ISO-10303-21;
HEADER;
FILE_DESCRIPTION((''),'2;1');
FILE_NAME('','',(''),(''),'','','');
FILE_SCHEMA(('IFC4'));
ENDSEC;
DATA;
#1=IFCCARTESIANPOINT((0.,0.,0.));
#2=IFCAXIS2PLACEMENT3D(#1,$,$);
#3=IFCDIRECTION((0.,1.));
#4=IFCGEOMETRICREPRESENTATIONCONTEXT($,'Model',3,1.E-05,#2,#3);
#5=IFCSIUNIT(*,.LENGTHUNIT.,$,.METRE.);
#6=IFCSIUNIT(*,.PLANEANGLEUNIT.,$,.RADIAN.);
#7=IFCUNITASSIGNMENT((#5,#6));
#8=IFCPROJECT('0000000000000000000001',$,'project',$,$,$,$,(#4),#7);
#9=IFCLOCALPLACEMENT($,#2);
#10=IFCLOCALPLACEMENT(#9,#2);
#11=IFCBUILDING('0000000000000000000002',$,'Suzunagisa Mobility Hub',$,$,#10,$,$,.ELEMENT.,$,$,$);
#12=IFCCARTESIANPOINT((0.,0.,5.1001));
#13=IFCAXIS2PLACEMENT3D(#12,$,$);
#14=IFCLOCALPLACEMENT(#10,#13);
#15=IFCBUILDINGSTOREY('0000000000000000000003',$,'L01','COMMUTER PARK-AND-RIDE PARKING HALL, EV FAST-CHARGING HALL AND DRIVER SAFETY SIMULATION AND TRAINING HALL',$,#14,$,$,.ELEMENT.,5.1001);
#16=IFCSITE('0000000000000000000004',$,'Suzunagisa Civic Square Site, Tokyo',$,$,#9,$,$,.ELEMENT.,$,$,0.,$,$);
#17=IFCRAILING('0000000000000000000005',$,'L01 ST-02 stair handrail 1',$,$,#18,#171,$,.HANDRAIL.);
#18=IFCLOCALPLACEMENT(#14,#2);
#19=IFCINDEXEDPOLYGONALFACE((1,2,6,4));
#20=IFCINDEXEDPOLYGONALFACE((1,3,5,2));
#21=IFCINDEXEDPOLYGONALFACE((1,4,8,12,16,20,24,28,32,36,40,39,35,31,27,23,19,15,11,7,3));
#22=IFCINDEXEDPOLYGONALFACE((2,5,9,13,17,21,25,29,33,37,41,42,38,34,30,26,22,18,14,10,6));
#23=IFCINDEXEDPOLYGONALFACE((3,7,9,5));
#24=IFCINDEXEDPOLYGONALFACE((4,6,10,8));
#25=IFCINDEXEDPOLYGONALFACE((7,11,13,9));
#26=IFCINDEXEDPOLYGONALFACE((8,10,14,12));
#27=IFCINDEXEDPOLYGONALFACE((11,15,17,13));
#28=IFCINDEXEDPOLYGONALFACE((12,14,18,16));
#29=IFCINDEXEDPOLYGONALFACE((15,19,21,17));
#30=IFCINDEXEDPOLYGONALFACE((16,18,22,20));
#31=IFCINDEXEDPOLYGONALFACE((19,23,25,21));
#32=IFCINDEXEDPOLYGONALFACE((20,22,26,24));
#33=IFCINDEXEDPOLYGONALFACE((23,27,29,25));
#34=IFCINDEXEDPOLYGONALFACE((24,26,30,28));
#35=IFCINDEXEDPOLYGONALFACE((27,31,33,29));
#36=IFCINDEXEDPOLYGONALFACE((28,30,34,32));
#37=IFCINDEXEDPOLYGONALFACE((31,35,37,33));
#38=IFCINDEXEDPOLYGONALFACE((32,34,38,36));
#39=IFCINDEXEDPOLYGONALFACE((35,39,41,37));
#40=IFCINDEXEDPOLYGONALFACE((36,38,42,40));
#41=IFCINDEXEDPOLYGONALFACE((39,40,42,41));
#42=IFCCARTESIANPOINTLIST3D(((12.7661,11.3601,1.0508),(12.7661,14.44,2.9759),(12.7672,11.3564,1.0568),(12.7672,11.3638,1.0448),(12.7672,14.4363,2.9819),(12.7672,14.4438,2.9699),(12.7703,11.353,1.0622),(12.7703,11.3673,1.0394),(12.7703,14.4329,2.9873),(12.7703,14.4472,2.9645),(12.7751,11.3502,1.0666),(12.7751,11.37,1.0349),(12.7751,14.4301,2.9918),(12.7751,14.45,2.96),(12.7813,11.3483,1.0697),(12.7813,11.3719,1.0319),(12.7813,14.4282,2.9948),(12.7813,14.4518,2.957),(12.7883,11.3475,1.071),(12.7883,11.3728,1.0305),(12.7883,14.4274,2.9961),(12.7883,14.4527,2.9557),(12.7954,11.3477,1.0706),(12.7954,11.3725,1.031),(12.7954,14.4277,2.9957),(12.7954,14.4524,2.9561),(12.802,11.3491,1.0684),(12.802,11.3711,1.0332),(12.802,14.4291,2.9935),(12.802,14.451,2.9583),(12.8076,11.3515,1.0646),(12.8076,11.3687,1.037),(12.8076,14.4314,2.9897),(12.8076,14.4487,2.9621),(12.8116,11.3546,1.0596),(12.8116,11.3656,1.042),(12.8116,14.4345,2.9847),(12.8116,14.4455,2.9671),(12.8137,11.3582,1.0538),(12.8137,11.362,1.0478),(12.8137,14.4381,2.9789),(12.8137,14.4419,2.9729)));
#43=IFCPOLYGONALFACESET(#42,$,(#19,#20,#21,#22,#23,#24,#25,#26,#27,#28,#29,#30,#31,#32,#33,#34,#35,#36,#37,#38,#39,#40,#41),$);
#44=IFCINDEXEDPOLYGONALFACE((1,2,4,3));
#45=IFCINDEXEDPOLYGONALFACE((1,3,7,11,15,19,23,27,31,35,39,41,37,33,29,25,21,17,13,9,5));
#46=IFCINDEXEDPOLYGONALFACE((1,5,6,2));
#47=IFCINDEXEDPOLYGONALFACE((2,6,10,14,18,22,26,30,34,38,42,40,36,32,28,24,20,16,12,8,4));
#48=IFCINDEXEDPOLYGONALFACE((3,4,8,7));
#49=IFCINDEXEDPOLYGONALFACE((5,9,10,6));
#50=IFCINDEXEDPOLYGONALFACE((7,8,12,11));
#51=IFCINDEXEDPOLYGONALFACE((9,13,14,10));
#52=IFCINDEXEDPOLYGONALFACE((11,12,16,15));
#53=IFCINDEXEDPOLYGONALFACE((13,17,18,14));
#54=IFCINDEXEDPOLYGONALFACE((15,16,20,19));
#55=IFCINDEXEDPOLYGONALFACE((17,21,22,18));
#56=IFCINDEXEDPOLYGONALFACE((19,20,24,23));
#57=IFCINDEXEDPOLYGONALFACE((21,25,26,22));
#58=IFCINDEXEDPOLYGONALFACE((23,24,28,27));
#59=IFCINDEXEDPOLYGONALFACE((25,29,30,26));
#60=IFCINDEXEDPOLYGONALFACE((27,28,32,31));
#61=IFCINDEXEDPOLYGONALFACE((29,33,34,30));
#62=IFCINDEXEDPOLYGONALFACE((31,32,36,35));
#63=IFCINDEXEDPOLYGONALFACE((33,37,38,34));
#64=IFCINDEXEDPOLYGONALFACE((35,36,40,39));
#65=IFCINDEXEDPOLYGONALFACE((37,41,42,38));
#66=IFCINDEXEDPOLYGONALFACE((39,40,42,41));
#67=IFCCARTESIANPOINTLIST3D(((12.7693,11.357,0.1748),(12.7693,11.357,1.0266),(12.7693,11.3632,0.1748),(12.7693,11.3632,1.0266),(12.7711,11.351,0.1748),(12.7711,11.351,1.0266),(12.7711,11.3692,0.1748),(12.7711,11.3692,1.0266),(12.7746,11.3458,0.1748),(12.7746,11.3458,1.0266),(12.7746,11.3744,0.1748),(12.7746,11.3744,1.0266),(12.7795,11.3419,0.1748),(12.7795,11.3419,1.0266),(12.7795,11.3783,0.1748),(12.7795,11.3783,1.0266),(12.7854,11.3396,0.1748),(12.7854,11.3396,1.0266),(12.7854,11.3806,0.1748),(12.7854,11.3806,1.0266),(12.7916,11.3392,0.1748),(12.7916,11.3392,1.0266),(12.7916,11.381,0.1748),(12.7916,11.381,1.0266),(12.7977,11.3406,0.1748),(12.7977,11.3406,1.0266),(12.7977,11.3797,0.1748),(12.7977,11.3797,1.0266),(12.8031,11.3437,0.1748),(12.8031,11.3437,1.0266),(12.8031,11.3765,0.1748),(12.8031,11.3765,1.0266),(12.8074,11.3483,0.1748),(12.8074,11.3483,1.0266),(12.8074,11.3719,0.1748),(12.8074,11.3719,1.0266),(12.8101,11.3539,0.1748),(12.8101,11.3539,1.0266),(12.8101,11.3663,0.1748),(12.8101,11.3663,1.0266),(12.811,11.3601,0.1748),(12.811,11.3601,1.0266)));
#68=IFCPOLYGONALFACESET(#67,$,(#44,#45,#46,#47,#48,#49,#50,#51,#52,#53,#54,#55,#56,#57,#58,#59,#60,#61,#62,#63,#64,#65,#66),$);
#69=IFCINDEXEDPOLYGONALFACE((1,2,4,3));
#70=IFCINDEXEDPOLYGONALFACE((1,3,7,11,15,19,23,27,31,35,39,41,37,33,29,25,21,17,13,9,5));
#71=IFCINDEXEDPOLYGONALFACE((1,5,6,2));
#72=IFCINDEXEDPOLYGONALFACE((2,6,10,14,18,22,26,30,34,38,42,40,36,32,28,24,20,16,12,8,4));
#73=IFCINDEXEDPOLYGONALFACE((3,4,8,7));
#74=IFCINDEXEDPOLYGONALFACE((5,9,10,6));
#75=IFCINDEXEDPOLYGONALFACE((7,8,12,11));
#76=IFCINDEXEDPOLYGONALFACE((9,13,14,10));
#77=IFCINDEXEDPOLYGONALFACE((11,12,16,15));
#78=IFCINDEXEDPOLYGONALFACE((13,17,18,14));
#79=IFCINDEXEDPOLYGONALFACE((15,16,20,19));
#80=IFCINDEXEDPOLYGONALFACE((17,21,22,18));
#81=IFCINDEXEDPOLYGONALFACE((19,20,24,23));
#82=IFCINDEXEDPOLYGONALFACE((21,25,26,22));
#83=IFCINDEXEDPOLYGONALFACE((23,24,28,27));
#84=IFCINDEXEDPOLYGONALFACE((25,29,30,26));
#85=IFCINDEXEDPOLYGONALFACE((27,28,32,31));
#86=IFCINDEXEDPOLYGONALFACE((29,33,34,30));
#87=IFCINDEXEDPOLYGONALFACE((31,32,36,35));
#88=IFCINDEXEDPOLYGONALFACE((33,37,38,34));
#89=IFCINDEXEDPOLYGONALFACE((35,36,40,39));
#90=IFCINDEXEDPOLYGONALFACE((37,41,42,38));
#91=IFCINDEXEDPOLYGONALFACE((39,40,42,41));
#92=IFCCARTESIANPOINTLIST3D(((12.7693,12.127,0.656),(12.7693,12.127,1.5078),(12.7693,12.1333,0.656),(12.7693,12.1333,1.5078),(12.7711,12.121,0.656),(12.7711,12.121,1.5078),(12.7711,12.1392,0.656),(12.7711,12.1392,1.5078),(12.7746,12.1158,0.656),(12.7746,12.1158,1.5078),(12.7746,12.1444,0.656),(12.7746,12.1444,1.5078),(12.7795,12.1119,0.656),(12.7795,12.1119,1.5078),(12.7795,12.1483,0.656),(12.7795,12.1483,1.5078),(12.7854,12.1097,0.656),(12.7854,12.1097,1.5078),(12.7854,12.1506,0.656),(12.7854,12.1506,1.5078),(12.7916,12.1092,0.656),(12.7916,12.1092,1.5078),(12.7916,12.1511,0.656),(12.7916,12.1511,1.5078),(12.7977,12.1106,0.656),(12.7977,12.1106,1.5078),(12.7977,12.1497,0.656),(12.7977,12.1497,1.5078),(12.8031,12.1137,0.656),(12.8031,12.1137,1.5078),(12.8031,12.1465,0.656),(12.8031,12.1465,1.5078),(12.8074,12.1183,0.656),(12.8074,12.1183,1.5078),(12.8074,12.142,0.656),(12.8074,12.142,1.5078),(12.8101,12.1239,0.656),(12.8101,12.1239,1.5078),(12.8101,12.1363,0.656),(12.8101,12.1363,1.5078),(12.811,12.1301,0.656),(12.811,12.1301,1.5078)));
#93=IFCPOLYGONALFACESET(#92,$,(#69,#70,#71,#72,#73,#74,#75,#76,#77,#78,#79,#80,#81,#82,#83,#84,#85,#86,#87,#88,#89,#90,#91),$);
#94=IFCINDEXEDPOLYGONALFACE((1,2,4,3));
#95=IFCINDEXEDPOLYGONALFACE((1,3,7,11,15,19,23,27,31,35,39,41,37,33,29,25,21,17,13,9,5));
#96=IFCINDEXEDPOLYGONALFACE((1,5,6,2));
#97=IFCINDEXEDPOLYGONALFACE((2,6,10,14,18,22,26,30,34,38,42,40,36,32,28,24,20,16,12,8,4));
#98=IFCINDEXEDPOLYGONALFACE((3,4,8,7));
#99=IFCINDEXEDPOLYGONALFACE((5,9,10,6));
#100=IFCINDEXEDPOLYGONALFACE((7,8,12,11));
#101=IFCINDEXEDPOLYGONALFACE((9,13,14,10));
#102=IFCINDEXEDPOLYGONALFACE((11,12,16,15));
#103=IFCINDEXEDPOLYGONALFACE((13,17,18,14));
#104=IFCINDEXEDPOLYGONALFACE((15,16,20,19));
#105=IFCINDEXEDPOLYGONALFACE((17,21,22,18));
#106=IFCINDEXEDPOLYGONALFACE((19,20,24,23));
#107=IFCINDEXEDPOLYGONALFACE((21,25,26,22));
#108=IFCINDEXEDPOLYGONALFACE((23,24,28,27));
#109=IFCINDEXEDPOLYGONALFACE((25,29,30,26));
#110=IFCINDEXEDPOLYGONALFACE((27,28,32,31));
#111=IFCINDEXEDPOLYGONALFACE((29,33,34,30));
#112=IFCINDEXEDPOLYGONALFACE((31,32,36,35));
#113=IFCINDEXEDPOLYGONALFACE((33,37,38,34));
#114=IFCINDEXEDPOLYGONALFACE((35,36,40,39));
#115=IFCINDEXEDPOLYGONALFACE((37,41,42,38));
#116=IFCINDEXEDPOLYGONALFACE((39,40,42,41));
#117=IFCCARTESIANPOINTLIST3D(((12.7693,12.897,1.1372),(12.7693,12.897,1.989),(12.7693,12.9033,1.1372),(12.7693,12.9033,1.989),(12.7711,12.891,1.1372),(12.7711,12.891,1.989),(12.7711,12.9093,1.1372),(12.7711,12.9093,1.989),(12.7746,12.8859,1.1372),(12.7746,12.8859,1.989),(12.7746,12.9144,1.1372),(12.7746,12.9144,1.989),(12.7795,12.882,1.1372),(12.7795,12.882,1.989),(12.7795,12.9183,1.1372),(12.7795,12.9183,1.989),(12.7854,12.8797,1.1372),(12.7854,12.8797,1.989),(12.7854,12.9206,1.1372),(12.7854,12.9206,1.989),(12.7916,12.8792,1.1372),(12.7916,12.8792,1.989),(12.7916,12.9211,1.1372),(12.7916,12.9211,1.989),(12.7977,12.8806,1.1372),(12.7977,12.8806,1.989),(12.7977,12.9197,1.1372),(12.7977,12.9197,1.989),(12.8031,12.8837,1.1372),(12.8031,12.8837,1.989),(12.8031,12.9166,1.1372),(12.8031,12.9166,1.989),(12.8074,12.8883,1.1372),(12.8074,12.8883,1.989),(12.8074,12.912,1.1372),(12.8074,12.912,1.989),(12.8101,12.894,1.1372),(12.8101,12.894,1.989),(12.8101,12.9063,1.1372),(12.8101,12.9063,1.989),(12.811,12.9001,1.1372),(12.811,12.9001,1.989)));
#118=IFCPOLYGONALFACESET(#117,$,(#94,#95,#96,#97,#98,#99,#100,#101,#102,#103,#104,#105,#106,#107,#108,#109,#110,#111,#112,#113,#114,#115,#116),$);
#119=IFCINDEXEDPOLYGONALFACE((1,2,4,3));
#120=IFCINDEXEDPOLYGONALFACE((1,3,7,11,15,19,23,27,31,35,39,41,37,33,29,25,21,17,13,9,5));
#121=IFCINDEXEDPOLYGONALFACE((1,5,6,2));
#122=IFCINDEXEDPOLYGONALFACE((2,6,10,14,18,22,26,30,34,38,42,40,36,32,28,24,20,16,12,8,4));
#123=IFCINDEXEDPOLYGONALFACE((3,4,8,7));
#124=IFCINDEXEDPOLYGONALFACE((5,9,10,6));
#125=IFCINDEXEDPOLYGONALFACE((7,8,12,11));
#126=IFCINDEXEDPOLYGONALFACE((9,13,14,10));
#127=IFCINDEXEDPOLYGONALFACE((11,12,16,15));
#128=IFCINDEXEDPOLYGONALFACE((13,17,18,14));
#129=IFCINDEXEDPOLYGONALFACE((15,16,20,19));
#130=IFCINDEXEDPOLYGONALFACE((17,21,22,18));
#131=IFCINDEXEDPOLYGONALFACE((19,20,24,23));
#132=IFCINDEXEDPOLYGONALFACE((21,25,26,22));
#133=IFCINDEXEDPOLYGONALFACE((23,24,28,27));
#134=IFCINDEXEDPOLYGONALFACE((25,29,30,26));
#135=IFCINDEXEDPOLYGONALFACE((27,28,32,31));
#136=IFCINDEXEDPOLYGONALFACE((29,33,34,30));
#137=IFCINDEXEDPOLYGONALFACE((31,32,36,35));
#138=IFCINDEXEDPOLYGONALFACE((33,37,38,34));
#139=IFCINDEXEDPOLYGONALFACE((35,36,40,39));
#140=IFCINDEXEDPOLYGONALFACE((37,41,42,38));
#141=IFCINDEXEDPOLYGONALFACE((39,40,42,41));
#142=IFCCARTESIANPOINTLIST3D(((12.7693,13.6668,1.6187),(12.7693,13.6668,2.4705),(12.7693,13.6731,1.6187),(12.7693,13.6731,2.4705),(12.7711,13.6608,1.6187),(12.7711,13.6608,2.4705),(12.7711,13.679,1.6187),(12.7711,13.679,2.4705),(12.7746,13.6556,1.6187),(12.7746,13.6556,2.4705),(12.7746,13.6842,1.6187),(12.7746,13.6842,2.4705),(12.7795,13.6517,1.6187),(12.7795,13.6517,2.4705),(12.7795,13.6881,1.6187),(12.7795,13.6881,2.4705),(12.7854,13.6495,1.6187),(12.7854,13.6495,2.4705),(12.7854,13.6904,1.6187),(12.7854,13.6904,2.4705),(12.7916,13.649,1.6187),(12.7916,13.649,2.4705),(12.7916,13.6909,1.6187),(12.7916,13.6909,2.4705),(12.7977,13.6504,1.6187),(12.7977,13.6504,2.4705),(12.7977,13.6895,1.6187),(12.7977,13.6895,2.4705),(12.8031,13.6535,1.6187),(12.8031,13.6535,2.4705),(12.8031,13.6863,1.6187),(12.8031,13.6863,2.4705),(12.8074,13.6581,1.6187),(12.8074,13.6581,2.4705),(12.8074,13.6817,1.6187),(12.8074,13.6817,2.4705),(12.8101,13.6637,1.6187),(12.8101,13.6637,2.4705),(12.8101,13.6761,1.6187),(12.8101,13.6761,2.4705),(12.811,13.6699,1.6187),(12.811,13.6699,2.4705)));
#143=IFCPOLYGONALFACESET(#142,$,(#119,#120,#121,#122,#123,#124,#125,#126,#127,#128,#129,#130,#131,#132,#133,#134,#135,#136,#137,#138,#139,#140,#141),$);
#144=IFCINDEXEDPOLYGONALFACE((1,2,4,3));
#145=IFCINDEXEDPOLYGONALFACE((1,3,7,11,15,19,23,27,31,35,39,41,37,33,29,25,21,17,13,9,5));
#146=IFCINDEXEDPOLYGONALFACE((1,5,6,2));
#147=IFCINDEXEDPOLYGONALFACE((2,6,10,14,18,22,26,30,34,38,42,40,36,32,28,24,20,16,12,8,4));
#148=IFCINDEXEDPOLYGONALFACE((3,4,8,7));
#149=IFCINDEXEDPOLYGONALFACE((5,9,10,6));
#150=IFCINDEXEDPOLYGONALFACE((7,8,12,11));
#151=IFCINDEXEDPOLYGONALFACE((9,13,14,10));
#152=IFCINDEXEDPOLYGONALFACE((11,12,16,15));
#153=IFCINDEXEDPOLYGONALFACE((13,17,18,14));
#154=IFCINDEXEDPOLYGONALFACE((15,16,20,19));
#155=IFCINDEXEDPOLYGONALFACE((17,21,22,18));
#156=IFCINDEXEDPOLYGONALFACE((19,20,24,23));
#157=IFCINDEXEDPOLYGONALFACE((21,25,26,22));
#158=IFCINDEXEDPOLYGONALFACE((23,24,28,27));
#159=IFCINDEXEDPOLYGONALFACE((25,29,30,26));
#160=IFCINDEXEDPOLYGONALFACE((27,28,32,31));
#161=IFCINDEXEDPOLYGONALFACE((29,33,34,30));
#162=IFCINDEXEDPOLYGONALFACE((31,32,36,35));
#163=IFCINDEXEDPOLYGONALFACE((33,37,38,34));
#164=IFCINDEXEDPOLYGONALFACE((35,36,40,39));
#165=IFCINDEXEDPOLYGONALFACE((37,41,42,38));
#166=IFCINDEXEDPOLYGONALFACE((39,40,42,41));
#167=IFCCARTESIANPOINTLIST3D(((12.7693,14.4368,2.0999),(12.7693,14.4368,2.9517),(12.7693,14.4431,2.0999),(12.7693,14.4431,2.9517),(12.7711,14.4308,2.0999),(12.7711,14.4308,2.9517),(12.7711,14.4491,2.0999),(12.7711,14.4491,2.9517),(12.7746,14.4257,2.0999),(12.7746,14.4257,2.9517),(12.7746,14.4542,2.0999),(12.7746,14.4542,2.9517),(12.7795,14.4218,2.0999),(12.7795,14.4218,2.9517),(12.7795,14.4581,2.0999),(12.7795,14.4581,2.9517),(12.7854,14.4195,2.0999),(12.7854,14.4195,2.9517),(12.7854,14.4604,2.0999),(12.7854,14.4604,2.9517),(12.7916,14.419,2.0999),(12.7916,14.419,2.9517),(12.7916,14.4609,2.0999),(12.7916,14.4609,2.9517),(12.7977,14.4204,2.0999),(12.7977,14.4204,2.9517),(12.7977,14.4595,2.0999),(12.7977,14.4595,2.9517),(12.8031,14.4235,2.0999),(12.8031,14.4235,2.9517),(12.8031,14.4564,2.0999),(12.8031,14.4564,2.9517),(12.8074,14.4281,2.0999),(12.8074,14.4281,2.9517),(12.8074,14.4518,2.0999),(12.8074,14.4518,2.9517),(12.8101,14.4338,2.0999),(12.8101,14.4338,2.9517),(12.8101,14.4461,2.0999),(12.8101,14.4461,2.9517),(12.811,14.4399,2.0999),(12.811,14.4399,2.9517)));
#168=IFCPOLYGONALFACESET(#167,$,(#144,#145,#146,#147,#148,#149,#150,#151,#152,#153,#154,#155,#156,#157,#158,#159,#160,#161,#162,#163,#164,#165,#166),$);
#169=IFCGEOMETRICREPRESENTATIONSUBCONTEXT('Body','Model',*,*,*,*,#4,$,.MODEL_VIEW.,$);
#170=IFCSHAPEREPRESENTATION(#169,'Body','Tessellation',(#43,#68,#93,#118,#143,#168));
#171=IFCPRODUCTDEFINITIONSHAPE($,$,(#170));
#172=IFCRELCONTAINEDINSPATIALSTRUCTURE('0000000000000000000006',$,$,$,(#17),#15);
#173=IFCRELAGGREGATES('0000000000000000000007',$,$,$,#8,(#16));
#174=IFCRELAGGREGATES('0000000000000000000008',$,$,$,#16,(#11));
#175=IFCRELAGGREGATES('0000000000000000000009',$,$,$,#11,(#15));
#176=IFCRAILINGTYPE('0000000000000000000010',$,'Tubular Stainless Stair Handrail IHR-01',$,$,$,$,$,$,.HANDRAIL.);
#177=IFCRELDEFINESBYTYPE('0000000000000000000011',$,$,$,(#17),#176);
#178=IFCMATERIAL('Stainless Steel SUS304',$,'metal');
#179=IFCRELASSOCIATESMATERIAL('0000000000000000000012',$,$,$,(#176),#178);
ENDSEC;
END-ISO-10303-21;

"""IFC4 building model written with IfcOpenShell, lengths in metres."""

from ifc_helpers import new_model, si_unit, direction, frame, origin, origin_2d, place, context, subcontext, project, spatial, circle, extrude, material, type_object, element, save


model = new_model("IFC4")

# Units and contexts
model_context = context("Model", 3, precision=1e-05, world=origin(), true_north=direction((0.0, 1.0)))
body_context = subcontext(model_context, "Body", "Model", "MODEL_VIEW")
ifc_project = project(units=[si_unit("LENGTHUNIT", "METRE"), si_unit("PLANEANGLEUNIT", "RADIAN")], contexts=[model_context])

# Site, building, storey
site_placement = place(None, origin())
site = spatial("IfcSite", under=ifc_project, at=site_placement, Name="Suzunagisa Civic Square Site, Tokyo", CompositionType="ELEMENT", RefElevation=0.0)
building_placement = place(site_placement, origin())
building = spatial("IfcBuilding", under=site, at=building_placement, Name="Suzunagisa Mobility Hub", CompositionType="ELEMENT")
storey_placement = place(building_placement, frame((0.0, 0.0, 5.1001)))
storey = spatial("IfcBuildingStorey", under=building, at=storey_placement, Name="L01", Description="COMMUTER PARK-AND-RIDE PARKING HALL, EV FAST-CHARGING HALL AND DRIVER SAFETY SIMULATION AND TRAINING HALL", CompositionType="ELEMENT", Elevation=5.1001)

# Railing
ifc_material_1 = material(Name="Stainless Steel SUS304", Category="metal")
railing_type_1 = type_object("IfcRailingType", Name="Tubular Stainless Stair Handrail IHR-01", PredefinedType="HANDRAIL", material=ifc_material_1)
railing_1_placement = place(storey_placement, frame((12.79, 11.3601, 0.1748)))
element("IfcRailing", 1, at=railing_1_placement, inside=storey, type_object=railing_type_1, Name="L01 ST-02 stair handrail 1", PredefinedType="HANDRAIL", context=body_context, shape_type="SweptSolid", body=[
    extrude(circle(Radius=0.0239, at=origin_2d()), frame((0.0, 0.0, 0.876), z_axis=(0.0, 0.847979, 0.530029), x_axis=(-1.0, 0.0, 0.0)), (0.0, 0.0, 1.0), 3.6321),
    extrude(circle(Radius=0.021, at=origin_2d()), origin(), (0.0, 0.0, 1.0), 0.8518),
    extrude(circle(Radius=0.021, at=origin_2d()), frame((0.0, 0.77, 0.4812)), (0.0, 0.0, 1.0), 0.8518),
    extrude(circle(Radius=0.021, at=origin_2d()), frame((0.0, 1.54, 0.9624)), (0.0, 0.0, 1.0), 0.8518),
    extrude(circle(Radius=0.021, at=origin_2d()), frame((0.0, 2.3098, 1.4438)), (0.0, 0.0, 1.0), 0.8518),
    extrude(circle(Radius=0.021, at=origin_2d()), frame((0.0, 3.0798, 1.925)), (0.0, 0.0, 1.0), 0.8518),
])

save(model, "model.ifc")
